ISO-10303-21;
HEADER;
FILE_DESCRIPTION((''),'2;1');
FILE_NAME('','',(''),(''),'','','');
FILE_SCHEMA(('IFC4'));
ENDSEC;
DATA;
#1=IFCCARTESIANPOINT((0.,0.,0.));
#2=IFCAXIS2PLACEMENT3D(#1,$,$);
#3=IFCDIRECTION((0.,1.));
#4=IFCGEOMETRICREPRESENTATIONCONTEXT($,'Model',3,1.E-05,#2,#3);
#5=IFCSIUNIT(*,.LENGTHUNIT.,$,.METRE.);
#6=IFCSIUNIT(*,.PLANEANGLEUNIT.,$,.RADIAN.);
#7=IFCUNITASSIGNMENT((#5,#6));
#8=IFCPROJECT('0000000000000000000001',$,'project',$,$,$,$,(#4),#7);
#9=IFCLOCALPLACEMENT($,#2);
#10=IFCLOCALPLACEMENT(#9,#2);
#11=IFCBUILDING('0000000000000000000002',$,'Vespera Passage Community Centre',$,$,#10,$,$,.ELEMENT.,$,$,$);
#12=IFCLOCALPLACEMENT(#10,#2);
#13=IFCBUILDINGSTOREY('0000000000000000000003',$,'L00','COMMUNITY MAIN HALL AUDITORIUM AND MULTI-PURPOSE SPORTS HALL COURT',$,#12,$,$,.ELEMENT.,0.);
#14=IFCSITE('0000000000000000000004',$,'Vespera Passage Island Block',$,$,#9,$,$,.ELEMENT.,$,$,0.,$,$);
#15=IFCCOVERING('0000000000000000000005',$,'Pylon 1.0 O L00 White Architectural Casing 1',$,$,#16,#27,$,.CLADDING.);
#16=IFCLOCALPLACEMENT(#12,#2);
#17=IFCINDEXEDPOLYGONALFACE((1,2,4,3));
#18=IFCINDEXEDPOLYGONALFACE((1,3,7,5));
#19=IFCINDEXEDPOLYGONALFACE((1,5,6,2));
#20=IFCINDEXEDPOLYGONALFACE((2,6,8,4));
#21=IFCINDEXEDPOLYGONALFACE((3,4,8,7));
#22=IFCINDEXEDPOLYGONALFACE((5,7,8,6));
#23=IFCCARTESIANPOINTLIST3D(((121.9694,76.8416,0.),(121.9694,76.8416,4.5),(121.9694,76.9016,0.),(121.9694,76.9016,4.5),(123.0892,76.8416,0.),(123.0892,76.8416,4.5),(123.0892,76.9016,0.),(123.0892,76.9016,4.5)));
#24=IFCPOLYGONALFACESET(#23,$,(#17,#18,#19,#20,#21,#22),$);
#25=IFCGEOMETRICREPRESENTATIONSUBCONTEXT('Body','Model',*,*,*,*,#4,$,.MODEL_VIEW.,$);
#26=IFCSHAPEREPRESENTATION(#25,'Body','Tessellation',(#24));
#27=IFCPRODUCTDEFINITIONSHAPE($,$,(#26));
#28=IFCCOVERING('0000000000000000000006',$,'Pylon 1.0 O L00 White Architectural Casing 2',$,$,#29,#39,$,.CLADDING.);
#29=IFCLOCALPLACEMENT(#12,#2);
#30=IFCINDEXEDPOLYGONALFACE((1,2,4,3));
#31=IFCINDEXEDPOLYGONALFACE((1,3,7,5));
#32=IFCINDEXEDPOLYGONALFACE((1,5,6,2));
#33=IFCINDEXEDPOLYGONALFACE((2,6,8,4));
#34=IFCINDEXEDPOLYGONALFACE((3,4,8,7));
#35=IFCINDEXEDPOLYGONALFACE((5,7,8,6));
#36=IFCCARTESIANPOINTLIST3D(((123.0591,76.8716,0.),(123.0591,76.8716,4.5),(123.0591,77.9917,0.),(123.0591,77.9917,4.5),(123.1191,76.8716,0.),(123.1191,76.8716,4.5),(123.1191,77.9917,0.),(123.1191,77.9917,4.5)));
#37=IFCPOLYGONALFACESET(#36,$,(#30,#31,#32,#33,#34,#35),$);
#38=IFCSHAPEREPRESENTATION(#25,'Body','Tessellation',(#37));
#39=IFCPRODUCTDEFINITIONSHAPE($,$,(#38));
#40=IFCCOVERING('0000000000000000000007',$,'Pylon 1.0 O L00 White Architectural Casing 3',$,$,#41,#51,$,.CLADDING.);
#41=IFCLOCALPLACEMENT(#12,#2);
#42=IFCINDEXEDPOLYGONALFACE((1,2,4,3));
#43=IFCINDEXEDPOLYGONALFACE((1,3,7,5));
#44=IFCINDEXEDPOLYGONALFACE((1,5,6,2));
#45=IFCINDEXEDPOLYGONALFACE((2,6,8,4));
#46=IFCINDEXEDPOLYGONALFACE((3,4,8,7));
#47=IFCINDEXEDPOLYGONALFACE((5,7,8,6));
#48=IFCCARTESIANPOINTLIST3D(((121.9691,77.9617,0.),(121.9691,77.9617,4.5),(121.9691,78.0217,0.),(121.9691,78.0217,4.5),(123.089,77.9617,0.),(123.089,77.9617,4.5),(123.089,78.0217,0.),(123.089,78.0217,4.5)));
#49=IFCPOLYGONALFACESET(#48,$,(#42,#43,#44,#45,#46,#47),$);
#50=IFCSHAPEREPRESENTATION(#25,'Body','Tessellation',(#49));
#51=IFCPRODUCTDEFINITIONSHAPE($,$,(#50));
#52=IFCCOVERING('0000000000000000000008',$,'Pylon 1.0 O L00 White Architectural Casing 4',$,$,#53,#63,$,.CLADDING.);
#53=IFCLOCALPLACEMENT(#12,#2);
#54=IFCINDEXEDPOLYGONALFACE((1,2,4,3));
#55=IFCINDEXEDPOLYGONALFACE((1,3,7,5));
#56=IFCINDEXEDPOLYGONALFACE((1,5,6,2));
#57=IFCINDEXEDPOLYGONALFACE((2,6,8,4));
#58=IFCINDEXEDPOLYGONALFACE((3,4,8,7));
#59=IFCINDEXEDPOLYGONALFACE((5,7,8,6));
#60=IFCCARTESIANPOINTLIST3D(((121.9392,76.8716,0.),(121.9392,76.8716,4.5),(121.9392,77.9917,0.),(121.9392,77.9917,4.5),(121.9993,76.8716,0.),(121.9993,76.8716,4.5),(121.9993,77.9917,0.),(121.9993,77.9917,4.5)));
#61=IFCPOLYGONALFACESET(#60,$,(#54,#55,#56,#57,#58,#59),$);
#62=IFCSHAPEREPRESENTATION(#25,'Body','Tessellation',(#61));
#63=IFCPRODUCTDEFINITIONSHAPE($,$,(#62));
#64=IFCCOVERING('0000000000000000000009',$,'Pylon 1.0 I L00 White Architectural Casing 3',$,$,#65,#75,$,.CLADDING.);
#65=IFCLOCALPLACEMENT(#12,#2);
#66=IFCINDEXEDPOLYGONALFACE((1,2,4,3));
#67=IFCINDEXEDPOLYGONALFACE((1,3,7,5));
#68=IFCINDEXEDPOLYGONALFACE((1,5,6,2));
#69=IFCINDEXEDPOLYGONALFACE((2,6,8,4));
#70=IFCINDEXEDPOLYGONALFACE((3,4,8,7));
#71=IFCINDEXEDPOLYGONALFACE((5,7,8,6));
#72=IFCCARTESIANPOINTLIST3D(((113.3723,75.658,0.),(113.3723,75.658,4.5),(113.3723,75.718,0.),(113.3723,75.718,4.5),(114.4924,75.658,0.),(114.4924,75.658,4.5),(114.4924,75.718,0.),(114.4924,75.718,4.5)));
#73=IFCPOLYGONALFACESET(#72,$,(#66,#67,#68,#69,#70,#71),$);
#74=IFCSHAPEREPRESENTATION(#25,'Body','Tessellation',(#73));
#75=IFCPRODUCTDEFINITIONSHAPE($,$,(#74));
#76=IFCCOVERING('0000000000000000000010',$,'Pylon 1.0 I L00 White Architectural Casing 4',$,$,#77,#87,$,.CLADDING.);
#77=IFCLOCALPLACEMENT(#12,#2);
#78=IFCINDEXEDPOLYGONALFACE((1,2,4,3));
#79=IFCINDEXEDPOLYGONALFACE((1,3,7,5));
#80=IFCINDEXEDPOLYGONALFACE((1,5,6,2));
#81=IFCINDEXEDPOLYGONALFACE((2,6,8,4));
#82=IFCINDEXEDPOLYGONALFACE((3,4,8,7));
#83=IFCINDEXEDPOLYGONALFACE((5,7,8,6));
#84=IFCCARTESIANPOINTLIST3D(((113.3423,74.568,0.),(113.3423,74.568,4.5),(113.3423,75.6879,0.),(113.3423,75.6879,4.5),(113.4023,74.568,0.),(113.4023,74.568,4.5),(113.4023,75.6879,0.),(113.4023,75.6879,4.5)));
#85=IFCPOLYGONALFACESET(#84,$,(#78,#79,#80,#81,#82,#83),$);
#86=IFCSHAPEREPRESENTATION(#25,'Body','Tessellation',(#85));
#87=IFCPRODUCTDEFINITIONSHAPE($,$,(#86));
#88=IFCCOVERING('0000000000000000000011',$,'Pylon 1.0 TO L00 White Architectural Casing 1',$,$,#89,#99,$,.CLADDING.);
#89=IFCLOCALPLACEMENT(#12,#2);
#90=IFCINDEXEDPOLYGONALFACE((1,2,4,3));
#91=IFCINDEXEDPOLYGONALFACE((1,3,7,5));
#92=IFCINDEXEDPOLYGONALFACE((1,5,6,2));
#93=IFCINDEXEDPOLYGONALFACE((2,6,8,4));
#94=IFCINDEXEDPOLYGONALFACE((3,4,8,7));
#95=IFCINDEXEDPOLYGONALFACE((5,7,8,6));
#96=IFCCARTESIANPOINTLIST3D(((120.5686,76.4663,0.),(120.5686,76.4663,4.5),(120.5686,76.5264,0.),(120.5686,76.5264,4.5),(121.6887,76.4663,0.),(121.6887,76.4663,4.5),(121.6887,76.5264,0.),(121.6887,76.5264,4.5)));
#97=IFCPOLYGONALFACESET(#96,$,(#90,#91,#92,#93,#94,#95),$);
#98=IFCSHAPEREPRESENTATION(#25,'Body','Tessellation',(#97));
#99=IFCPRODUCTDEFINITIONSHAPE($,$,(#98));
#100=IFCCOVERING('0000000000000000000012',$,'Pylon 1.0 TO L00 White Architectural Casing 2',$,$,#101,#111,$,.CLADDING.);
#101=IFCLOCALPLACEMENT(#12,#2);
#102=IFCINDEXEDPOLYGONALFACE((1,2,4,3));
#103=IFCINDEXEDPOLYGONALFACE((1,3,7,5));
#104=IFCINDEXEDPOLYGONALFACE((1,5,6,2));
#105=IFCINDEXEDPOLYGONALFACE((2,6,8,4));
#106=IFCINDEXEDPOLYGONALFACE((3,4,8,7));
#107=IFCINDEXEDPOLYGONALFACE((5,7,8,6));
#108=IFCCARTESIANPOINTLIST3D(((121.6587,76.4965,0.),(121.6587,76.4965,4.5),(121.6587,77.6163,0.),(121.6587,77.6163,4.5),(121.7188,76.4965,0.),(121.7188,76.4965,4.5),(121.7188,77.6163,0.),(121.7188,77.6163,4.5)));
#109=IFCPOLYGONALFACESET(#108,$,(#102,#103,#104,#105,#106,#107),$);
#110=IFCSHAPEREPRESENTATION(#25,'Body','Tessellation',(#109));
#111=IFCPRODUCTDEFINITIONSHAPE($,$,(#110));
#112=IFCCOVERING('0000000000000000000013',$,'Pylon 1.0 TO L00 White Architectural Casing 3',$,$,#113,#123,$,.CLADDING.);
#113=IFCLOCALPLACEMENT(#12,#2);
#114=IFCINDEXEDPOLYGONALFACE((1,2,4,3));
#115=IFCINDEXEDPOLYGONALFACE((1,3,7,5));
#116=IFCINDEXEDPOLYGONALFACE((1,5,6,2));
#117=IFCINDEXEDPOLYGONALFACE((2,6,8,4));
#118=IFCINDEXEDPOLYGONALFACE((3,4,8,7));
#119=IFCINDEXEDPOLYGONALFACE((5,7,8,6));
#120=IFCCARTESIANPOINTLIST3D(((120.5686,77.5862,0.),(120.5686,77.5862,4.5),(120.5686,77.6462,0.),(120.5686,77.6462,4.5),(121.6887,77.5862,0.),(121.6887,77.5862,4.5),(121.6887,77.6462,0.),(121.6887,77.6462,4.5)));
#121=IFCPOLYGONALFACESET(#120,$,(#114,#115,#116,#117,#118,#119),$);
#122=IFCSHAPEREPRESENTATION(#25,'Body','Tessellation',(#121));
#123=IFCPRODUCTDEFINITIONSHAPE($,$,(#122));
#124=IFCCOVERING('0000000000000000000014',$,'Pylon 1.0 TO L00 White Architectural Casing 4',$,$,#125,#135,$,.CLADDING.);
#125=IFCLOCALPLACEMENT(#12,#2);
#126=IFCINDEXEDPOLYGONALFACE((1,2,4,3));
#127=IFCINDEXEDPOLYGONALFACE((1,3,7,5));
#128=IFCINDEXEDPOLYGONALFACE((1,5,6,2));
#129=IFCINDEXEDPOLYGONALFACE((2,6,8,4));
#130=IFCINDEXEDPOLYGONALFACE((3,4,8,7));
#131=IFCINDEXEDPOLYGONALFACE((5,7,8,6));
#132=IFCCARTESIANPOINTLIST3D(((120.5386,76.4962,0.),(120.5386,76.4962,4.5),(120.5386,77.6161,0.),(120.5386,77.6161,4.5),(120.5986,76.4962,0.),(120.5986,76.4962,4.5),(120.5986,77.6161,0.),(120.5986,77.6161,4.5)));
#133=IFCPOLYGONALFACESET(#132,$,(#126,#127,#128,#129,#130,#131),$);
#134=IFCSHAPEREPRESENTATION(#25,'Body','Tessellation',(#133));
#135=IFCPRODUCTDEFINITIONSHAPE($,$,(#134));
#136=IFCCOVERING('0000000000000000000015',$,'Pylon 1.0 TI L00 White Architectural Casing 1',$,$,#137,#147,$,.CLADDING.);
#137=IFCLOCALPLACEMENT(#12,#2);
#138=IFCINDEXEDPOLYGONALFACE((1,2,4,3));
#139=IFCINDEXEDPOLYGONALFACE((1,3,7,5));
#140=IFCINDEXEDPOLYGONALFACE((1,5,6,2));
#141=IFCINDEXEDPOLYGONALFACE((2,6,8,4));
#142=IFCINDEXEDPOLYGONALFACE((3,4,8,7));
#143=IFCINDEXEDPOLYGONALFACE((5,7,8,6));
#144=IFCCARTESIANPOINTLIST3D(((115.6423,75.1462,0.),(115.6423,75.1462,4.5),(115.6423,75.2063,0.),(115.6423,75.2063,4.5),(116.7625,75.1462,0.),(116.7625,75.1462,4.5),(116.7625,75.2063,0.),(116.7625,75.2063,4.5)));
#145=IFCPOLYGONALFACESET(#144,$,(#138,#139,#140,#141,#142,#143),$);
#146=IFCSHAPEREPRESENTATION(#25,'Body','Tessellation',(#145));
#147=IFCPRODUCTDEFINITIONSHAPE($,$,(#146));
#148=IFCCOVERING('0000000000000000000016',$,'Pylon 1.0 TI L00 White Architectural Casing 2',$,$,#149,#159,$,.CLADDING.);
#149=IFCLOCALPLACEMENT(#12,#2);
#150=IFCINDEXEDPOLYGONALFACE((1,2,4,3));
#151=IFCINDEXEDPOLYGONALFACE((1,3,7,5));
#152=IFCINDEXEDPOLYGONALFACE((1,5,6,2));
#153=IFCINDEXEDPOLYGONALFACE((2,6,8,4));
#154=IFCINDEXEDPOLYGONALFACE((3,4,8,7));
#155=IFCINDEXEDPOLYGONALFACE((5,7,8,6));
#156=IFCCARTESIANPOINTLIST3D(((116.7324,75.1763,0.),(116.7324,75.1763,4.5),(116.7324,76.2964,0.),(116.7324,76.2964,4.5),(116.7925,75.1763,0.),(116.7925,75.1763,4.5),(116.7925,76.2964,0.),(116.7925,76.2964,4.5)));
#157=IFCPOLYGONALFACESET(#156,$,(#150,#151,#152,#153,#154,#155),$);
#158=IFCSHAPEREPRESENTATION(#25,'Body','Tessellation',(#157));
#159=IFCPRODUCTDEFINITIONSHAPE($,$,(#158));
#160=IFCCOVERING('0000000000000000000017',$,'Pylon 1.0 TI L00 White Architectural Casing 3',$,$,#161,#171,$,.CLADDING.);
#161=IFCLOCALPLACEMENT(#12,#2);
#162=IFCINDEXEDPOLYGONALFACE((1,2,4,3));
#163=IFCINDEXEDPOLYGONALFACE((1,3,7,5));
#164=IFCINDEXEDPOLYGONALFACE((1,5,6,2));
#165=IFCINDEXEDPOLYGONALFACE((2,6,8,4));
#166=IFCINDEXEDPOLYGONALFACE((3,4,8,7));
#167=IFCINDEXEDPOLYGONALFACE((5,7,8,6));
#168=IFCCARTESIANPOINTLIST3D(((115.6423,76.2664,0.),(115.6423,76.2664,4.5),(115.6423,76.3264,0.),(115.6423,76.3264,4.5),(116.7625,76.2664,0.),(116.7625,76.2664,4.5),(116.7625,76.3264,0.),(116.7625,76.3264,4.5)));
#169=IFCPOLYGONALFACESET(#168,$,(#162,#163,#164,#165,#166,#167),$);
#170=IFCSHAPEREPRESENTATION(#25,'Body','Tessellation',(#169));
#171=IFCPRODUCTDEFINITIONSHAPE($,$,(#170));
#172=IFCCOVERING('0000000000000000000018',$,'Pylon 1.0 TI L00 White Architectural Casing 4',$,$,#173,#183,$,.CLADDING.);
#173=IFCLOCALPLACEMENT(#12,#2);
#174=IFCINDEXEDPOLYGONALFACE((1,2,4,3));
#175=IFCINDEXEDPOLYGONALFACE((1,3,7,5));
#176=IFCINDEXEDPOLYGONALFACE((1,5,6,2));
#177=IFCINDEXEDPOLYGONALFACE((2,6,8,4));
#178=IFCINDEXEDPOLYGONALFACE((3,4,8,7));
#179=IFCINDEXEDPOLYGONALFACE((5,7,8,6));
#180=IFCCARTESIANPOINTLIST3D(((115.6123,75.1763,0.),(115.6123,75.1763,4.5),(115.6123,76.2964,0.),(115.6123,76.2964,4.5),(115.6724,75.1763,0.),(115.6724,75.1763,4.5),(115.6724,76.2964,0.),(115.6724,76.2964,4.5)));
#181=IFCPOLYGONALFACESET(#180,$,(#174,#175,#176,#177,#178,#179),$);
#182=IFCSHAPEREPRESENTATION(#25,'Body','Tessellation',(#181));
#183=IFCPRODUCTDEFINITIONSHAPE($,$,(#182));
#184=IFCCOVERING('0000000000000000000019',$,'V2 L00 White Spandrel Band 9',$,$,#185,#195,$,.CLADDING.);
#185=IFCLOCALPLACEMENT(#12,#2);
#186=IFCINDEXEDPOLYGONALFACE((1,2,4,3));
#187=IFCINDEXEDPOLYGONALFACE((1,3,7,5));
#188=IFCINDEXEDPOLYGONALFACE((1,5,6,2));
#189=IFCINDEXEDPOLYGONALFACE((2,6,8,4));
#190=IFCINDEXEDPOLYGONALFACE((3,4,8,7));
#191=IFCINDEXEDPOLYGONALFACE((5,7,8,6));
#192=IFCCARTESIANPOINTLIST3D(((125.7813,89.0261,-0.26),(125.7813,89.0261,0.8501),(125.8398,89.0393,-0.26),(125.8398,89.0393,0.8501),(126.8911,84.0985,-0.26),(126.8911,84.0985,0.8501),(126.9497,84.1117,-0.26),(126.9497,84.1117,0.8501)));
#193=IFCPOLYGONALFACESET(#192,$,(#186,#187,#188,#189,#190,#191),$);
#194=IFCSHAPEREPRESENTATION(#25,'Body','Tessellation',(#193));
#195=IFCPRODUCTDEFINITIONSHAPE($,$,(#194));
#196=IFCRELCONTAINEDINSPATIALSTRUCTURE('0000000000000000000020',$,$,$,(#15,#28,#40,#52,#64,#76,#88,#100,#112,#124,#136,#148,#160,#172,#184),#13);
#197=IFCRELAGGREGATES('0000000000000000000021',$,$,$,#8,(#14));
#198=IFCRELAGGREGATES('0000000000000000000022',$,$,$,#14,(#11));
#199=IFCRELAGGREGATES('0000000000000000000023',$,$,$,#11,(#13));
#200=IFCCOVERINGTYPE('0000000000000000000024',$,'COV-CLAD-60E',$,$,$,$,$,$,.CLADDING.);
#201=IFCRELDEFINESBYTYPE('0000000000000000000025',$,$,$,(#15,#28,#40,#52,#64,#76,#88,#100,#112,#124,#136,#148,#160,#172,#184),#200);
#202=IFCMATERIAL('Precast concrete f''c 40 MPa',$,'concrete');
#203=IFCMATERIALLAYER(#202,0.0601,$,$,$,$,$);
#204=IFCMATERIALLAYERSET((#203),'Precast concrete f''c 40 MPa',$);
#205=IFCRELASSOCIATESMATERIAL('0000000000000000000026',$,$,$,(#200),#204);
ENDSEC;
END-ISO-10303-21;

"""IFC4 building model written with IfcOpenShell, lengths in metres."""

from ifc_helpers import new_model, si_unit, direction, frame, frame_2d, origin, place, context, subcontext, project, spatial, rectangle, extrude, material, layer, layer_set, type_object, element, save


model = new_model("IFC4")

# Units and contexts
model_context = context("Model", 3, precision=1e-05, world=origin(), true_north=direction((0.0, 1.0)))
body_context = subcontext(model_context, "Body", "Model", "MODEL_VIEW")
ifc_project = project(units=[si_unit("LENGTHUNIT", "METRE"), si_unit("PLANEANGLEUNIT", "RADIAN")], contexts=[model_context])

# Site, building, storey
site_placement = place(None, origin())
site = spatial("IfcSite", under=ifc_project, at=site_placement, Name="Vespera Passage Island Block", CompositionType="ELEMENT", RefElevation=0.0)
building_placement = place(site_placement, origin())
building = spatial("IfcBuilding", under=site, at=building_placement, Name="Vespera Passage Community Centre", CompositionType="ELEMENT")
storey_placement = place(building_placement, origin())
storey = spatial("IfcBuildingStorey", under=building, at=storey_placement, Name="L00", Description="COMMUNITY MAIN HALL AUDITORIUM AND MULTI-PURPOSE SPORTS HALL COURT", CompositionType="ELEMENT", Elevation=0.0)

# Coverings
ifc_material_1 = material(Name="Precast concrete f'c 40 MPa", Category="concrete")
ifc_layer_1 = layer(ifc_material_1, 0.0601)
ifc_layer_set_1 = layer_set([ifc_layer_1], Name="Precast concrete f'c 40 MPa")
covering_type = type_object("IfcCoveringType", Name="COV-CLAD-60E", PredefinedType="CLADDING", material=ifc_layer_set_1)
covering_1_placement = place(storey_placement, frame((121.9692, 76.8716, 0.0), z_axis=(0.0, 0.0, 1.0), x_axis=(1.0, 0.0, 0.0)))
element("IfcCovering", 1, at=covering_1_placement, inside=storey, type_object=covering_type, Name="Pylon 1.0 O L00 White Architectural Casing 1", PredefinedType="CLADDING", context=body_context, shape_type="SweptSolid", body=[
    extrude(rectangle(XDim=1.1199, YDim=0.0601, at=frame_2d((0.5601, 0.0))), origin(), (0.0, 0.0, 1.0), 4.5),
])
covering_2_placement = place(storey_placement, frame((123.0891, 76.8716, 0.0), z_axis=(0.0, 0.0, 1.0), x_axis=(0.0, 1.0, 0.0)))
element("IfcCovering", 2, at=covering_2_placement, inside=storey, type_object=covering_type, Name="Pylon 1.0 O L00 White Architectural Casing 2", PredefinedType="CLADDING", context=body_context, shape_type="SweptSolid", body=[
    extrude(rectangle(XDim=1.1201, YDim=0.0601, at=frame_2d((0.5601, 0.0))), origin(), (0.0, 0.0, 1.0), 4.5),
])
covering_3_placement = place(storey_placement, frame((123.0891, 77.9917, 0.0), z_axis=(0.0, 0.0, 1.0), x_axis=(-1.0, 0.0, 0.0)))
element("IfcCovering", 3, at=covering_3_placement, inside=storey, type_object=covering_type, Name="Pylon 1.0 O L00 White Architectural Casing 3", PredefinedType="CLADDING", context=body_context, shape_type="SweptSolid", body=[
    extrude(rectangle(XDim=1.1199, YDim=0.0601, at=frame_2d((0.5601, 0.0))), origin(), (0.0, 0.0, 1.0), 4.5),
])
for number, where, z_axis, x_axis, name in (
    (4, (121.9692, 77.9917, 0.0), (0.0, 0.0, 1.0), (0.0, -1.0, 0.0), "Pylon 1.0 O L00 White Architectural Casing 4"),
    (5, (114.4924, 75.688, 0.0), (0.0, 0.0, 1.0), (-1.0, 0.0, 0.0), "Pylon 1.0 I L00 White Architectural Casing 3"),
):
    element("IfcCovering", number, at=place(storey_placement, frame(where, z_axis=z_axis, x_axis=x_axis)), inside=storey, type_object=covering_type, Name=name, PredefinedType="CLADDING", context=body_context, shape_type="SweptSolid", body=[
        extrude(rectangle(XDim=1.1201, YDim=0.0601, at=frame_2d((0.5601, 0.0))), origin(), (0.0, 0.0, 1.0), 4.5),
    ])
covering_4_placement = place(storey_placement, frame((113.3723, 75.688, 0.0), z_axis=(0.0, 0.0, 1.0), x_axis=(0.0, -1.0, 0.0)))
element("IfcCovering", 6, at=covering_4_placement, inside=storey, type_object=covering_type, Name="Pylon 1.0 I L00 White Architectural Casing 4", PredefinedType="CLADDING", context=body_context, shape_type="SweptSolid", body=[
    extrude(rectangle(XDim=1.1199, YDim=0.0601, at=frame_2d((0.5601, 0.0))), origin(), (0.0, 0.0, 1.0), 4.5),
])
covering_5_placement = place(storey_placement, frame((120.5686, 76.4963, 0.0), z_axis=(0.0, 0.0, 1.0), x_axis=(1.0, 0.0, 0.0)))
element("IfcCovering", 7, at=covering_5_placement, inside=storey, type_object=covering_type, Name="Pylon 1.0 TO L00 White Architectural Casing 1", PredefinedType="CLADDING", context=body_context, shape_type="SweptSolid", body=[
    extrude(rectangle(XDim=1.1201, YDim=0.0601, at=frame_2d((0.5601, 0.0))), origin(), (0.0, 0.0, 1.0), 4.5),
])
covering_6_placement = place(storey_placement, frame((121.6887, 76.4963, 0.0), z_axis=(0.0, 0.0, 1.0), x_axis=(0.0, 1.0, 0.0)))
element("IfcCovering", 8, at=covering_6_placement, inside=storey, type_object=covering_type, Name="Pylon 1.0 TO L00 White Architectural Casing 2", PredefinedType="CLADDING", context=body_context, shape_type="SweptSolid", body=[
    extrude(rectangle(XDim=1.1199, YDim=0.0601, at=frame_2d((0.5601, 0.0))), origin(), (0.0, 0.0, 1.0), 4.5),
])
covering_7_placement = place(storey_placement, frame((121.6887, 77.6162, 0.0), z_axis=(0.0, 0.0, 1.0), x_axis=(-1.0, 0.0, 0.0)))
element("IfcCovering", 9, at=covering_7_placement, inside=storey, type_object=covering_type, Name="Pylon 1.0 TO L00 White Architectural Casing 3", PredefinedType="CLADDING", context=body_context, shape_type="SweptSolid", body=[
    extrude(rectangle(XDim=1.1201, YDim=0.0601, at=frame_2d((0.5601, 0.0))), origin(), (0.0, 0.0, 1.0), 4.5),
])
covering_8_placement = place(storey_placement, frame((120.5686, 77.6162, 0.0), z_axis=(0.0, 0.0, 1.0), x_axis=(0.0, -1.0, 0.0)))
element("IfcCovering", 10, at=covering_8_placement, inside=storey, type_object=covering_type, Name="Pylon 1.0 TO L00 White Architectural Casing 4", PredefinedType="CLADDING", context=body_context, shape_type="SweptSolid", body=[
    extrude(rectangle(XDim=1.1199, YDim=0.0601, at=frame_2d((0.5601, 0.0))), origin(), (0.0, 0.0, 1.0), 4.5),
])
for number, where, z_axis, x_axis, name in (
    (11, (115.6423, 75.1763, 0.0), (0.0, 0.0, 1.0), (1.0, 0.0, 0.0), "Pylon 1.0 TI L00 White Architectural Casing 1"),
    (12, (116.7625, 75.1763, 0.0), (0.0, 0.0, 1.0), (0.0, 1.0, 0.0), "Pylon 1.0 TI L00 White Architectural Casing 2"),
    (13, (116.7625, 76.2964, 0.0), (0.0, 0.0, 1.0), (-1.0, 0.0, 0.0), "Pylon 1.0 TI L00 White Architectural Casing 3"),
    (14, (115.6423, 76.2964, 0.0), (0.0, 0.0, 1.0), (0.0, -1.0, 0.0), "Pylon 1.0 TI L00 White Architectural Casing 4"),
):
    element("IfcCovering", number, at=place(storey_placement, frame(where, z_axis=z_axis, x_axis=x_axis)), inside=storey, type_object=covering_type, Name=name, PredefinedType="CLADDING", context=body_context, shape_type="SweptSolid", body=[
        extrude(rectangle(XDim=1.1201, YDim=0.0601, at=frame_2d((0.5601, 0.0))), origin(), (0.0, 0.0, 1.0), 4.5),
    ])
covering_9_placement = place(storey_placement, frame((126.9204, 84.1052, -0.26), z_axis=(0.0, 0.0, 1.0), x_axis=(-0.219734, 0.97556, 0.0)))
element("IfcCovering", 15, at=covering_9_placement, inside=storey, type_object=covering_type, Name="V2 L00 White Spandrel Band 9", PredefinedType="CLADDING", context=body_context, shape_type="SweptSolid", body=[
    extrude(rectangle(XDim=5.051, YDim=0.0601, at=frame_2d((2.5254, 0.0))), origin(), (0.0, 0.0, 1.0), 1.1101),
])

save(model, "model.ifc")
